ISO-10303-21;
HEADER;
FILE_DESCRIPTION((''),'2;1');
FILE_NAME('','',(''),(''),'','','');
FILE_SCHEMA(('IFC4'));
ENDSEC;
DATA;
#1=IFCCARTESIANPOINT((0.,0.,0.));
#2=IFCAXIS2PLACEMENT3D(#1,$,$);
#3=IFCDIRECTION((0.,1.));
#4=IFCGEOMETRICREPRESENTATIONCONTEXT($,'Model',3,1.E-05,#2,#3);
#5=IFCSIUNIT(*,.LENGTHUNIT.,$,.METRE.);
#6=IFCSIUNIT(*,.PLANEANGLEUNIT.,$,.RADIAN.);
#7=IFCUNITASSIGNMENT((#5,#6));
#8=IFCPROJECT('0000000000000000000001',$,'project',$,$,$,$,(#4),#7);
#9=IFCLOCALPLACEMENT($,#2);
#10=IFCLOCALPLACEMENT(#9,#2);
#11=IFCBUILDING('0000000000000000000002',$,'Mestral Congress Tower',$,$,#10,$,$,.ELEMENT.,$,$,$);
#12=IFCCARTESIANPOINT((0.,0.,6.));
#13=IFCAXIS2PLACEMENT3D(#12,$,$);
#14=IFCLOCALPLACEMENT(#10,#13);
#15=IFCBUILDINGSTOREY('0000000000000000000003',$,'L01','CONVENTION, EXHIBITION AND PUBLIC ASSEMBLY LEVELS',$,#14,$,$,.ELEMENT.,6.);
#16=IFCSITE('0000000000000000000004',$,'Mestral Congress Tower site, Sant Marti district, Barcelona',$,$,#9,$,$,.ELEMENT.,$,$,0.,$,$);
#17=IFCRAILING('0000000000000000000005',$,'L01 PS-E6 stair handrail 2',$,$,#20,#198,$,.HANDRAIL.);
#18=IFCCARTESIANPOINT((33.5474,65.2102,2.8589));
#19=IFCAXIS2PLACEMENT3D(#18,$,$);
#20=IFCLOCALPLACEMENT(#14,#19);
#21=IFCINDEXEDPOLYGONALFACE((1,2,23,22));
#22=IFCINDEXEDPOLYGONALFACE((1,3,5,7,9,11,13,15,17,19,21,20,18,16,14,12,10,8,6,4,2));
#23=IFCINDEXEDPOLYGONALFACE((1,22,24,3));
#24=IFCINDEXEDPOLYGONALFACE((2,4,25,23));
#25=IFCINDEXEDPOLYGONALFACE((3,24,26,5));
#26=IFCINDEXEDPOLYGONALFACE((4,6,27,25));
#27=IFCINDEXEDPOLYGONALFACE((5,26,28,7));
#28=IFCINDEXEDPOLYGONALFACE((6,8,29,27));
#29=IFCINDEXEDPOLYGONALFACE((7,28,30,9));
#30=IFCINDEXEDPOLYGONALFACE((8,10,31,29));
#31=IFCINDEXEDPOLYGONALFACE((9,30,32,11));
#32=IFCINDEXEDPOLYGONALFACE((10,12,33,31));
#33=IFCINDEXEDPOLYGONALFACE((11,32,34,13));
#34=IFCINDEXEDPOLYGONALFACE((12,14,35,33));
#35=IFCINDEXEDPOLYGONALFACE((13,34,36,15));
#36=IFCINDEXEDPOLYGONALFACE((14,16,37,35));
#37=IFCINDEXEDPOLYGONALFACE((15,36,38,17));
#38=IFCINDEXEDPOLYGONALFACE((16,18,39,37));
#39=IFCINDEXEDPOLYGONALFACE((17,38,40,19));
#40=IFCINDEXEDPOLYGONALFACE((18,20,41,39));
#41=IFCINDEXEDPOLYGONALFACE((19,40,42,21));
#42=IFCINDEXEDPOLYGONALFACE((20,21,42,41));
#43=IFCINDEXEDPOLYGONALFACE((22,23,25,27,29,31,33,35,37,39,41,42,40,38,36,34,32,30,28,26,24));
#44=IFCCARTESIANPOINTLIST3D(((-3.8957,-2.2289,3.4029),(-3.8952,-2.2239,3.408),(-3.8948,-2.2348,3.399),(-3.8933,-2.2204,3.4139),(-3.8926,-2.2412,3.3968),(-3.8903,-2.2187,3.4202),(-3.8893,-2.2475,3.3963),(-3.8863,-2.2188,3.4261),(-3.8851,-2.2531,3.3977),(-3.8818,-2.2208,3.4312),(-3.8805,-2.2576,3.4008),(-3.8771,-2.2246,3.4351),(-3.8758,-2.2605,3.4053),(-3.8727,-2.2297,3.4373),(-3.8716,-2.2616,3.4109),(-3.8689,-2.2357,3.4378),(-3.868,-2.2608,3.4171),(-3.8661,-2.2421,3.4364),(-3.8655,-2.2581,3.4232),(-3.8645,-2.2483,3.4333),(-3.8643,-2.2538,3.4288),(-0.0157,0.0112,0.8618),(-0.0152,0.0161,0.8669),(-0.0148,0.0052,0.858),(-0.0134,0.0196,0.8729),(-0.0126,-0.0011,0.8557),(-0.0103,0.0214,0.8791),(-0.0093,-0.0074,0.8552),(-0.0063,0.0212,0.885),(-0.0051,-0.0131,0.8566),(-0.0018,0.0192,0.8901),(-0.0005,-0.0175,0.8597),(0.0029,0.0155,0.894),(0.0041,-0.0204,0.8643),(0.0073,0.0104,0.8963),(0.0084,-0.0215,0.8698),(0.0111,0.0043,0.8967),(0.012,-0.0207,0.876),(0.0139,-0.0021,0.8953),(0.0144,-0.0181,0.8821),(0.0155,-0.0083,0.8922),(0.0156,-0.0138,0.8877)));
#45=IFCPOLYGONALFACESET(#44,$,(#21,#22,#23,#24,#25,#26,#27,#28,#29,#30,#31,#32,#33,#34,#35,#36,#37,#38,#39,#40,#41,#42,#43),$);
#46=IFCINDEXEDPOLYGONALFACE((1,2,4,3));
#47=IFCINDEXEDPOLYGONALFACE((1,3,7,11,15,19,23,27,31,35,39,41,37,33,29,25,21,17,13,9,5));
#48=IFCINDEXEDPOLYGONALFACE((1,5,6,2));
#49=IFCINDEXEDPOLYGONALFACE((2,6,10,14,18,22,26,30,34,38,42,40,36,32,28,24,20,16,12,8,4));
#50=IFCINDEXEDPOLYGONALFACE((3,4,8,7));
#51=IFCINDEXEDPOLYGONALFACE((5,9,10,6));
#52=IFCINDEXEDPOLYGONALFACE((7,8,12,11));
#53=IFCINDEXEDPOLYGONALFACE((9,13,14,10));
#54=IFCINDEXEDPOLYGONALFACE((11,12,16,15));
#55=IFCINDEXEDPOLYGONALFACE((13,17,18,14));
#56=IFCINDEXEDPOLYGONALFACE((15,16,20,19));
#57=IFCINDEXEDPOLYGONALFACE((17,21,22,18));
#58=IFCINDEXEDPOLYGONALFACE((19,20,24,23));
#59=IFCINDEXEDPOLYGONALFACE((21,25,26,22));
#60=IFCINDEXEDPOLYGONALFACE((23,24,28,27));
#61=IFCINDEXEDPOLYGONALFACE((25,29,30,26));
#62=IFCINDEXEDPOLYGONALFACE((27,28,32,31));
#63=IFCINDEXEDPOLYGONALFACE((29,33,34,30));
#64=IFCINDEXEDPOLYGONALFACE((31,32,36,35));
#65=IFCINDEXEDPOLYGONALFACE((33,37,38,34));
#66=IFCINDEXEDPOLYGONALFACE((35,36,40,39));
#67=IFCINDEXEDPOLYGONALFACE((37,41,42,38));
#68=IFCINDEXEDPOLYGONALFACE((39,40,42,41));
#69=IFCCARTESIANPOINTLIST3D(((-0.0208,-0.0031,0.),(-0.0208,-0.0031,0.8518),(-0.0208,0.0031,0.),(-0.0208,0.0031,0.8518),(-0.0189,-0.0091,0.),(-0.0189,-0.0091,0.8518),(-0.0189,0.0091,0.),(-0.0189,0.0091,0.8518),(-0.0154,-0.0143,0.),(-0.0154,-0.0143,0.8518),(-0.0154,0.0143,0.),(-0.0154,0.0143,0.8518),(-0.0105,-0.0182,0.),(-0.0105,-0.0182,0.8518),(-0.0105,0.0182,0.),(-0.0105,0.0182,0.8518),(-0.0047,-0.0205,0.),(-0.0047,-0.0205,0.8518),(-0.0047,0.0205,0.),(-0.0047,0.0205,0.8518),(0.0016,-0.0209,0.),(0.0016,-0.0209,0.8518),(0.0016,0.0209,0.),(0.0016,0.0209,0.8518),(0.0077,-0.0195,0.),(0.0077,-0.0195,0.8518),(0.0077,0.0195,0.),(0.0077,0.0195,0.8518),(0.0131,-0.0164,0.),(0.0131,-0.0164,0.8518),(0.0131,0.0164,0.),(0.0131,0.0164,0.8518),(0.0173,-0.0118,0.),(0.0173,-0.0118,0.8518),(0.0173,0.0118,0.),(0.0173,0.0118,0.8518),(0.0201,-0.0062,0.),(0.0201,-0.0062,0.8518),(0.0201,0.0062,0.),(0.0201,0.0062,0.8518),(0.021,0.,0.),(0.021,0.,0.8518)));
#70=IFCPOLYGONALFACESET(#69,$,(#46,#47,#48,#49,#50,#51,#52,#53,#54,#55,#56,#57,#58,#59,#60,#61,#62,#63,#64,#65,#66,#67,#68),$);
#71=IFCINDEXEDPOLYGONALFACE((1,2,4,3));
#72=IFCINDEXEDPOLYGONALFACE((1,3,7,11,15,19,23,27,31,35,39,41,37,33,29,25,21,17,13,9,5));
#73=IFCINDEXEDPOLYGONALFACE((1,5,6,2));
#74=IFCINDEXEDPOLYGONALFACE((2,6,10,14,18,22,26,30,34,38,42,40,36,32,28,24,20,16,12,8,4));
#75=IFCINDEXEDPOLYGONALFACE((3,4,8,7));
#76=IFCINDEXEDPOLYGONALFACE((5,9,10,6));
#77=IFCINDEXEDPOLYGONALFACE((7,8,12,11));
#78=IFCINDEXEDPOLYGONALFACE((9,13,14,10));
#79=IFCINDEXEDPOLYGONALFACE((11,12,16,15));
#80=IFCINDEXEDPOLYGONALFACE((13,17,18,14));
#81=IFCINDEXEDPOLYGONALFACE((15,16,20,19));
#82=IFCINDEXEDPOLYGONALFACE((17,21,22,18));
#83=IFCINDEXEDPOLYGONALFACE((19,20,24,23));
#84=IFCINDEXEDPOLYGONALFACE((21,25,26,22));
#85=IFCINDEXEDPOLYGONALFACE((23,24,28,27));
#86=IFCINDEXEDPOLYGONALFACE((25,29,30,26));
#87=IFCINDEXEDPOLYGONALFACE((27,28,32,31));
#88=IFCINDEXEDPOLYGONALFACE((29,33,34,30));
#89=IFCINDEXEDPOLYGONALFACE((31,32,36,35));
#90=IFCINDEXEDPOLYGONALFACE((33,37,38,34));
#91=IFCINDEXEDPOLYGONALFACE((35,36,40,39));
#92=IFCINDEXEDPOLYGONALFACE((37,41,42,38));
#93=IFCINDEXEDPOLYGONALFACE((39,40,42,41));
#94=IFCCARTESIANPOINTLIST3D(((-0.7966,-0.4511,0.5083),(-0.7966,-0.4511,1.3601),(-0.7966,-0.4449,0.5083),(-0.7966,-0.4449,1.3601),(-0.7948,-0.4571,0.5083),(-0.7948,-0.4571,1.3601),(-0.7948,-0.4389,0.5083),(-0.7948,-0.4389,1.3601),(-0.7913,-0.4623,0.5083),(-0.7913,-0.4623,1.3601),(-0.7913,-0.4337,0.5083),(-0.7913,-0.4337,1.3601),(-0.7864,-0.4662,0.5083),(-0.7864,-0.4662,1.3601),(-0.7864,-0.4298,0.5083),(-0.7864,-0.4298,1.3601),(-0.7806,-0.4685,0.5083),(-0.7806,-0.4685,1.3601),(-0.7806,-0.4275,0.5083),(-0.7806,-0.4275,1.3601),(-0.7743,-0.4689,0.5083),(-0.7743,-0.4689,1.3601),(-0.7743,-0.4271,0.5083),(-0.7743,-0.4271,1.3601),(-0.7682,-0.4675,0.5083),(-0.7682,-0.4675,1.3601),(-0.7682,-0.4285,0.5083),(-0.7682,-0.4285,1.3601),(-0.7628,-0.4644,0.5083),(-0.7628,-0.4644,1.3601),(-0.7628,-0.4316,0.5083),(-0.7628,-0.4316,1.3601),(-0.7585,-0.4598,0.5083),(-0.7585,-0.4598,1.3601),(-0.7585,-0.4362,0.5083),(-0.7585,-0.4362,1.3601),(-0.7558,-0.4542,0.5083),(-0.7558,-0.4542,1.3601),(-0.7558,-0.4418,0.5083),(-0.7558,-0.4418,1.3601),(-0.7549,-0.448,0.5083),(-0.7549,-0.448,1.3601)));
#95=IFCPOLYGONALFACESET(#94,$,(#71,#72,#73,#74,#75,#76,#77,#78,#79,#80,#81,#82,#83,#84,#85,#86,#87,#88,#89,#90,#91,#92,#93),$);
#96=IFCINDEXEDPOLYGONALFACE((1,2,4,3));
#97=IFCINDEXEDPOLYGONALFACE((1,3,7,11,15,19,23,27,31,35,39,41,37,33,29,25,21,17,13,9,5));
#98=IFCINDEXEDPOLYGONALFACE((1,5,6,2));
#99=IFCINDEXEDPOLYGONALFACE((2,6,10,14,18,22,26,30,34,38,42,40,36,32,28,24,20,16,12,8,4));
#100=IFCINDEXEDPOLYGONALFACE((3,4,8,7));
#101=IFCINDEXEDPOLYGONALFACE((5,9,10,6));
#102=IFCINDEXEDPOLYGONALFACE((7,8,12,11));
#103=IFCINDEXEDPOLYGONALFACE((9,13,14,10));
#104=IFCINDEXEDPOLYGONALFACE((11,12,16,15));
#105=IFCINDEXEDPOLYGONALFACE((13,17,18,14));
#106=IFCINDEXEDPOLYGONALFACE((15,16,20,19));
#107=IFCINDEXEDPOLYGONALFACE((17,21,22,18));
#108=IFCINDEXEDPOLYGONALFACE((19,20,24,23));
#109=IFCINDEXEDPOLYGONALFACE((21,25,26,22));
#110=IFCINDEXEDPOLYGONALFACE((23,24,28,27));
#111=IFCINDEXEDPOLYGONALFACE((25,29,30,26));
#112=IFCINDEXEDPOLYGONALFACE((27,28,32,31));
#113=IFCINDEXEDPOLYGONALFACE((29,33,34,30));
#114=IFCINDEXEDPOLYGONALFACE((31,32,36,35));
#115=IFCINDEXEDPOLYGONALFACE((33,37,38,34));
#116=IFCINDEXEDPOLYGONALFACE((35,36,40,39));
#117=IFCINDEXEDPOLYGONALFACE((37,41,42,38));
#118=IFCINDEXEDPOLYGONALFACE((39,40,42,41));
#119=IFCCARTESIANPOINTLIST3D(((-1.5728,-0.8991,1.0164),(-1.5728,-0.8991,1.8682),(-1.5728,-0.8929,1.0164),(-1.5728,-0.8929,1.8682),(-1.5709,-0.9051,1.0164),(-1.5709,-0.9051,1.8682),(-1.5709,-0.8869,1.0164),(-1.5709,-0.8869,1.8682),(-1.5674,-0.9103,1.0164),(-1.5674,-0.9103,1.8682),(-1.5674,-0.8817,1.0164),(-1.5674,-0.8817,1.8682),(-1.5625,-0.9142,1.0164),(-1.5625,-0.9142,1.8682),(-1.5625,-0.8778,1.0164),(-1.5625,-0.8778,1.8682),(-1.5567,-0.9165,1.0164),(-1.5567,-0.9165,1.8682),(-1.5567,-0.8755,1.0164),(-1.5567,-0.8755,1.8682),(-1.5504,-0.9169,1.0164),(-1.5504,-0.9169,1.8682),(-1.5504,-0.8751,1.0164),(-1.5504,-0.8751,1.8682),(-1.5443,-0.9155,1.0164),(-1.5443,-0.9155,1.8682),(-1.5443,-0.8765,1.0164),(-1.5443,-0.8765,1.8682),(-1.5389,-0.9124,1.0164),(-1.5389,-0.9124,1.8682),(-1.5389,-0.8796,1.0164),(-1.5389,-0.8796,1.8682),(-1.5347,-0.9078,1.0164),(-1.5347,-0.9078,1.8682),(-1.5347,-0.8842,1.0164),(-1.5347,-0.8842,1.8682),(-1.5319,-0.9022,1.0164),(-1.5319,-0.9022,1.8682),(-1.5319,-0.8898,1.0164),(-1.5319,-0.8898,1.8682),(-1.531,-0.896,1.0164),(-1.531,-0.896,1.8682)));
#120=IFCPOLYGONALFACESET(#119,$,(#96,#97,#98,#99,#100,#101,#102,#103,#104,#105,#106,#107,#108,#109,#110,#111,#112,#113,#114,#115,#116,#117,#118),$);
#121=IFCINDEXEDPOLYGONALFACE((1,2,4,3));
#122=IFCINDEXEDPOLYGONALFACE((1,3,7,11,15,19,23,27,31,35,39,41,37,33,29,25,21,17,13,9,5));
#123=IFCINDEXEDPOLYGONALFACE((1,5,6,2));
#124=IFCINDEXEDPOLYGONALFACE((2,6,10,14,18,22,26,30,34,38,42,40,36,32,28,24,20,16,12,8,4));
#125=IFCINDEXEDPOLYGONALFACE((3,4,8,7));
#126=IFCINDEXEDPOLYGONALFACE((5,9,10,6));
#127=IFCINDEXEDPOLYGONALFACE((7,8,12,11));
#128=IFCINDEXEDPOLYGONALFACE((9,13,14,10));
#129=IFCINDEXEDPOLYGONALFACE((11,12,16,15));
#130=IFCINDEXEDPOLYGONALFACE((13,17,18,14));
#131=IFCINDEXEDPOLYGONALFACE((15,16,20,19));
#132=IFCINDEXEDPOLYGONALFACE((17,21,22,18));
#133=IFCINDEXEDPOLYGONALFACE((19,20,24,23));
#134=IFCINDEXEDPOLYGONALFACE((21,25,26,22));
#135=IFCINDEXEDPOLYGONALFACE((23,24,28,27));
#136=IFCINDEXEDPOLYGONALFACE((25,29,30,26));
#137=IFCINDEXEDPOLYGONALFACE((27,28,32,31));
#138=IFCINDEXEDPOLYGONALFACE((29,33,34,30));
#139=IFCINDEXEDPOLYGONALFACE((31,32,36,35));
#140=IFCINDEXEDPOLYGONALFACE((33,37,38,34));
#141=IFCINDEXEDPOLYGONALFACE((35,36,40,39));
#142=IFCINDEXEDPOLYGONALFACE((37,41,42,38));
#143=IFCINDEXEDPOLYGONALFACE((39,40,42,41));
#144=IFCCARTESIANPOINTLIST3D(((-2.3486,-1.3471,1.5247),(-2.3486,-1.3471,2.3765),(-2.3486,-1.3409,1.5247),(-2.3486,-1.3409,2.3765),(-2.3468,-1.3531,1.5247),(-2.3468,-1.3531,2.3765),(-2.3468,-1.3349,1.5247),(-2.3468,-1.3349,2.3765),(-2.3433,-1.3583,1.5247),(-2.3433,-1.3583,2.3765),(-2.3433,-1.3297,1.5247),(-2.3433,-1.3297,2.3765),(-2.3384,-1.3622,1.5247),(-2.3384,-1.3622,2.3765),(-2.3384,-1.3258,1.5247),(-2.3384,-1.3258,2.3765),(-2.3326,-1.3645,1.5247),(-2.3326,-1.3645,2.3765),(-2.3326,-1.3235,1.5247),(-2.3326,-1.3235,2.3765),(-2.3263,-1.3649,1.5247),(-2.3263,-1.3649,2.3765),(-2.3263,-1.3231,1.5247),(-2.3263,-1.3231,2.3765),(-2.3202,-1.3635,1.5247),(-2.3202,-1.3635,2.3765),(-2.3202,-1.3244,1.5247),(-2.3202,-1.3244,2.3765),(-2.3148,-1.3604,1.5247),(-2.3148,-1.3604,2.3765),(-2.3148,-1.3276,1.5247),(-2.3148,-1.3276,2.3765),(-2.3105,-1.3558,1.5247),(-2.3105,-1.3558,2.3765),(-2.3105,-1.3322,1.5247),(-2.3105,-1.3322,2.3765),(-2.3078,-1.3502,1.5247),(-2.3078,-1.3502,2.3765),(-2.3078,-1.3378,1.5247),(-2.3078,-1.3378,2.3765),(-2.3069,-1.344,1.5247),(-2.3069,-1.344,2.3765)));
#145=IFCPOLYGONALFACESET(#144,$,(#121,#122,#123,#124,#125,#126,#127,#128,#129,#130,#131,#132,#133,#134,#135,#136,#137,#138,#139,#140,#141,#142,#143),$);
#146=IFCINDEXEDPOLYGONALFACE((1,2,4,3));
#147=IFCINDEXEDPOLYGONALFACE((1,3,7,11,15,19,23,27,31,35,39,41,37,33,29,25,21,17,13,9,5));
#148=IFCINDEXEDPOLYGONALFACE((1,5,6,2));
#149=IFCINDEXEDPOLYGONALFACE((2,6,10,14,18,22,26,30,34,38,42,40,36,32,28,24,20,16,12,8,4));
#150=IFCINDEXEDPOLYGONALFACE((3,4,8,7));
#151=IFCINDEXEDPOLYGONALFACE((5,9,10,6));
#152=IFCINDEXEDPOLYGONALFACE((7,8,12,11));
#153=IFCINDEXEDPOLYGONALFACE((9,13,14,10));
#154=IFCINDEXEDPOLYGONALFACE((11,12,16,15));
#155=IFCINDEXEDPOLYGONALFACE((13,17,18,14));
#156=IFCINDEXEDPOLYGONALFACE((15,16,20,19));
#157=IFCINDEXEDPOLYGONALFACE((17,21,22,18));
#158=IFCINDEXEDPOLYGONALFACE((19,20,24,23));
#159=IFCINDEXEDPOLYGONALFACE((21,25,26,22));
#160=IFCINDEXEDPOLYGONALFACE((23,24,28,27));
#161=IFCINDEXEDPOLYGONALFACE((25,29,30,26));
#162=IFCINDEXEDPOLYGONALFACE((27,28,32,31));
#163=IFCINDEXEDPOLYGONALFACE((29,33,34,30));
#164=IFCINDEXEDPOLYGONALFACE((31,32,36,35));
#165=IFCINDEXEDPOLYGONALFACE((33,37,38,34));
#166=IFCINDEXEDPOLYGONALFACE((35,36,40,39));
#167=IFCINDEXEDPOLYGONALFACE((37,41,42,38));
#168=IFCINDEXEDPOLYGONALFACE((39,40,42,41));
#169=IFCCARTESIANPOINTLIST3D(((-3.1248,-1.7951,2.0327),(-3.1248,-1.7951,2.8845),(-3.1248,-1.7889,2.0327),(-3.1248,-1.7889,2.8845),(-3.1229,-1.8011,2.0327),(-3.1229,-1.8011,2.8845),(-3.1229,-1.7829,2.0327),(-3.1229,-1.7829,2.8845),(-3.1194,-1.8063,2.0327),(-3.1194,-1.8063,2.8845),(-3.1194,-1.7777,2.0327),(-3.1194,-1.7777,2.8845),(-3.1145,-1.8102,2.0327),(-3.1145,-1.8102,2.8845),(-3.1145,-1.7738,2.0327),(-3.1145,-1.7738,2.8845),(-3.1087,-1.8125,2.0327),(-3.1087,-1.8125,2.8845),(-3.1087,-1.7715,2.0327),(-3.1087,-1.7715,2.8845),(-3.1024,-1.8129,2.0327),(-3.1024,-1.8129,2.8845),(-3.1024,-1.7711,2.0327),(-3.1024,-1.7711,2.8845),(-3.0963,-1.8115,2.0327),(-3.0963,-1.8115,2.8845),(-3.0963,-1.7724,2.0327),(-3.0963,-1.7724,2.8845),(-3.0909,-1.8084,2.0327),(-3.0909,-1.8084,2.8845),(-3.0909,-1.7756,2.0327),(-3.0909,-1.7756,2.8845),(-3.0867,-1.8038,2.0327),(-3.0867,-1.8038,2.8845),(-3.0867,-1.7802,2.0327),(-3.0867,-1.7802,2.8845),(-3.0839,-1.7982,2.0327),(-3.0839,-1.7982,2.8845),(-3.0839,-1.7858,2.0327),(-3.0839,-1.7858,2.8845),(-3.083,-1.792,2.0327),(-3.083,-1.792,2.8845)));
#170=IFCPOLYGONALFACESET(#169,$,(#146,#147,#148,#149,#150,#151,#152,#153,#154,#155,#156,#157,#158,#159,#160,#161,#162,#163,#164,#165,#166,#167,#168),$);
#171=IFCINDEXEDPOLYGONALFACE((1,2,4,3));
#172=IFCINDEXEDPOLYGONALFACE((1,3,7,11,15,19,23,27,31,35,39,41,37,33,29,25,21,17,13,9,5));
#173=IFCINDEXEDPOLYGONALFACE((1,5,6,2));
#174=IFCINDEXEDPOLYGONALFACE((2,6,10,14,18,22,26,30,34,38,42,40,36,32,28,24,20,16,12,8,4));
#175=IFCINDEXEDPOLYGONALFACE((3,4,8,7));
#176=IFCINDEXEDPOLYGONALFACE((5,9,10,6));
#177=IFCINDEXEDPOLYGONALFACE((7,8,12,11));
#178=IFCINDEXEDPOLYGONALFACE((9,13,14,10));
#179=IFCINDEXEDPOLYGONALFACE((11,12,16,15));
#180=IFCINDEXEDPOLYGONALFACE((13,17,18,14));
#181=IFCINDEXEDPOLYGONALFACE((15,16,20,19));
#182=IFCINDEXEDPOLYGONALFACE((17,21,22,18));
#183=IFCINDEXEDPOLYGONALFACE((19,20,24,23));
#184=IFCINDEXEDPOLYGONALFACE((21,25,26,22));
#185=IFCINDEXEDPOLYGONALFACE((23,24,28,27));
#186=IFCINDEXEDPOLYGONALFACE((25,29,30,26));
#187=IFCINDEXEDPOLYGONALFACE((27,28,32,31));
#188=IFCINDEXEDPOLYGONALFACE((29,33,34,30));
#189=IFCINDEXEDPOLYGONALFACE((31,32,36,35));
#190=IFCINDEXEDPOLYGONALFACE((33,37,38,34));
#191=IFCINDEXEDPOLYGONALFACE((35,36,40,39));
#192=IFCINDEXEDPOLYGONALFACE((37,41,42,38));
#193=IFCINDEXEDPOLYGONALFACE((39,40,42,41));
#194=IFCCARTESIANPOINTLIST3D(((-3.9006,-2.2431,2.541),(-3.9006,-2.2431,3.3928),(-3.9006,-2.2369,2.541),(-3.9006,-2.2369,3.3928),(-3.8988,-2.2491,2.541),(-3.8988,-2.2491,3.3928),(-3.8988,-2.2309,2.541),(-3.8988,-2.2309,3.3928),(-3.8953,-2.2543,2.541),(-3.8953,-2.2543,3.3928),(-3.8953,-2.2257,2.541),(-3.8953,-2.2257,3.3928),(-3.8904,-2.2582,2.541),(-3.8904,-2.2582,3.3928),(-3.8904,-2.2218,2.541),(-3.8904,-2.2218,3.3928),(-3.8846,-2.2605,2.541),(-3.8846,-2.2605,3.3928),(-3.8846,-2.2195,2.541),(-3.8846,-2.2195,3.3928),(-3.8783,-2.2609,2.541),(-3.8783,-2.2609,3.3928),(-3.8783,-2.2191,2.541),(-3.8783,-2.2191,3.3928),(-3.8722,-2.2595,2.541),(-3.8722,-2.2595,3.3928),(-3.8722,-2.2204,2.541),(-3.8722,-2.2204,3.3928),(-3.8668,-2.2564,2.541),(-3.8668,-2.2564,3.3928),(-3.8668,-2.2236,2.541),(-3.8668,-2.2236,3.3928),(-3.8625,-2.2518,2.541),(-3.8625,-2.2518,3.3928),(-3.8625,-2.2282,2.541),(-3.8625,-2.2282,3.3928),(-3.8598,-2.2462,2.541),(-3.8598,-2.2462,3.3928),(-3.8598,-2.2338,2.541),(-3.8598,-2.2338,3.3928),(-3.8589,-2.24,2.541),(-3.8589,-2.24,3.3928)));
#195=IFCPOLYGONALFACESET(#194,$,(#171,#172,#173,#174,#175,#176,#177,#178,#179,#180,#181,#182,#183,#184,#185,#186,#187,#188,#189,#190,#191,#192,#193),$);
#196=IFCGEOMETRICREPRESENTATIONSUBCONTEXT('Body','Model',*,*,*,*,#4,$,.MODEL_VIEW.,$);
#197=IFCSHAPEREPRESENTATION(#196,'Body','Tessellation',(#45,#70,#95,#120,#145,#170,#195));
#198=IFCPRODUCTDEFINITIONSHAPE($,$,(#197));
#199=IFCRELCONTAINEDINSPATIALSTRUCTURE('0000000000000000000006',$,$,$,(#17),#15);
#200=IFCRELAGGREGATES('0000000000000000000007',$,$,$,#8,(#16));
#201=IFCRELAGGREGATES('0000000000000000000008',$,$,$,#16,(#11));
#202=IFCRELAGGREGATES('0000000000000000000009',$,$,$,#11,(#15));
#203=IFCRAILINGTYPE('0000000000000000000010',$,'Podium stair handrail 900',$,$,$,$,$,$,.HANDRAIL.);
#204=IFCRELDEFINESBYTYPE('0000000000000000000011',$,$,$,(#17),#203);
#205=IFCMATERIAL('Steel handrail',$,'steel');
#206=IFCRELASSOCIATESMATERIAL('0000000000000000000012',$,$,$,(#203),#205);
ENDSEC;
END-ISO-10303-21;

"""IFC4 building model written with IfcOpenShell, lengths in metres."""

from ifc_helpers import new_model, si_unit, direction, frame, origin, origin_2d, place, context, subcontext, project, spatial, circle, extrude, material, type_object, element, save


model = new_model("IFC4")

# Units and contexts
model_context = context("Model", 3, precision=1e-05, world=origin(), true_north=direction((0.0, 1.0)))
body_context = subcontext(model_context, "Body", "Model", "MODEL_VIEW")
ifc_project = project(units=[si_unit("LENGTHUNIT", "METRE"), si_unit("PLANEANGLEUNIT", "RADIAN")], contexts=[model_context])

# Site, building, storey
site_placement = place(None, origin())
site = spatial("IfcSite", under=ifc_project, at=site_placement, Name="Mestral Congress Tower site, Sant Marti district, Barcelona", CompositionType="ELEMENT", RefElevation=0.0)
building_placement = place(site_placement, origin())
building = spatial("IfcBuilding", under=site, at=building_placement, Name="Mestral Congress Tower", CompositionType="ELEMENT")
storey_placement = place(building_placement, frame((0.0, 0.0, 6.0)))
storey = spatial("IfcBuildingStorey", under=building, at=storey_placement, Name="L01", Description="CONVENTION, EXHIBITION AND PUBLIC ASSEMBLY LEVELS", CompositionType="ELEMENT", Elevation=6.0)

# Railing
ifc_material_1 = material(Name="Steel handrail", Category="steel")
railing_type_1 = type_object("IfcRailingType", Name="Podium stair handrail 900", PredefinedType="HANDRAIL", material=ifc_material_1)
railing_1_placement = place(storey_placement, frame((33.5474, 65.2102, 2.8589)))
element("IfcRailing", 1, at=railing_1_placement, inside=storey, type_object=railing_type_1, Name="L01 PS-E6 stair handrail 2", PredefinedType="HANDRAIL", context=body_context, shape_type="SweptSolid", body=[
    extrude(circle(Radius=0.0239, at=origin_2d()), frame((0.0, 0.0, 0.876), z_axis=(-0.7533, -0.434906, 0.493352), x_axis=(0.49999, -0.866031, 0.0)), (0.0, 0.0, 1.0), 5.1506),
    extrude(circle(Radius=0.021, at=origin_2d()), origin(), (0.0, 0.0, 1.0), 0.8518),
    extrude(circle(Radius=0.021, at=origin_2d()), frame((-0.7759, -0.448, 0.5083)), (0.0, 0.0, 1.0), 0.8518),
    extrude(circle(Radius=0.021, at=origin_2d()), frame((-1.552, -0.896, 1.0164)), (0.0, 0.0, 1.0), 0.8518),
    extrude(circle(Radius=0.021, at=origin_2d()), frame((-2.3279, -1.344, 1.5247)), (0.0, 0.0, 1.0), 0.8518),
    extrude(circle(Radius=0.021, at=origin_2d()), frame((-3.104, -1.792, 2.0327)), (0.0, 0.0, 1.0), 0.8518),
    extrude(circle(Radius=0.021, at=origin_2d()), frame((-3.8799, -2.24, 2.541)), (0.0, 0.0, 1.0), 0.8518),
])

save(model, "model.ifc")
